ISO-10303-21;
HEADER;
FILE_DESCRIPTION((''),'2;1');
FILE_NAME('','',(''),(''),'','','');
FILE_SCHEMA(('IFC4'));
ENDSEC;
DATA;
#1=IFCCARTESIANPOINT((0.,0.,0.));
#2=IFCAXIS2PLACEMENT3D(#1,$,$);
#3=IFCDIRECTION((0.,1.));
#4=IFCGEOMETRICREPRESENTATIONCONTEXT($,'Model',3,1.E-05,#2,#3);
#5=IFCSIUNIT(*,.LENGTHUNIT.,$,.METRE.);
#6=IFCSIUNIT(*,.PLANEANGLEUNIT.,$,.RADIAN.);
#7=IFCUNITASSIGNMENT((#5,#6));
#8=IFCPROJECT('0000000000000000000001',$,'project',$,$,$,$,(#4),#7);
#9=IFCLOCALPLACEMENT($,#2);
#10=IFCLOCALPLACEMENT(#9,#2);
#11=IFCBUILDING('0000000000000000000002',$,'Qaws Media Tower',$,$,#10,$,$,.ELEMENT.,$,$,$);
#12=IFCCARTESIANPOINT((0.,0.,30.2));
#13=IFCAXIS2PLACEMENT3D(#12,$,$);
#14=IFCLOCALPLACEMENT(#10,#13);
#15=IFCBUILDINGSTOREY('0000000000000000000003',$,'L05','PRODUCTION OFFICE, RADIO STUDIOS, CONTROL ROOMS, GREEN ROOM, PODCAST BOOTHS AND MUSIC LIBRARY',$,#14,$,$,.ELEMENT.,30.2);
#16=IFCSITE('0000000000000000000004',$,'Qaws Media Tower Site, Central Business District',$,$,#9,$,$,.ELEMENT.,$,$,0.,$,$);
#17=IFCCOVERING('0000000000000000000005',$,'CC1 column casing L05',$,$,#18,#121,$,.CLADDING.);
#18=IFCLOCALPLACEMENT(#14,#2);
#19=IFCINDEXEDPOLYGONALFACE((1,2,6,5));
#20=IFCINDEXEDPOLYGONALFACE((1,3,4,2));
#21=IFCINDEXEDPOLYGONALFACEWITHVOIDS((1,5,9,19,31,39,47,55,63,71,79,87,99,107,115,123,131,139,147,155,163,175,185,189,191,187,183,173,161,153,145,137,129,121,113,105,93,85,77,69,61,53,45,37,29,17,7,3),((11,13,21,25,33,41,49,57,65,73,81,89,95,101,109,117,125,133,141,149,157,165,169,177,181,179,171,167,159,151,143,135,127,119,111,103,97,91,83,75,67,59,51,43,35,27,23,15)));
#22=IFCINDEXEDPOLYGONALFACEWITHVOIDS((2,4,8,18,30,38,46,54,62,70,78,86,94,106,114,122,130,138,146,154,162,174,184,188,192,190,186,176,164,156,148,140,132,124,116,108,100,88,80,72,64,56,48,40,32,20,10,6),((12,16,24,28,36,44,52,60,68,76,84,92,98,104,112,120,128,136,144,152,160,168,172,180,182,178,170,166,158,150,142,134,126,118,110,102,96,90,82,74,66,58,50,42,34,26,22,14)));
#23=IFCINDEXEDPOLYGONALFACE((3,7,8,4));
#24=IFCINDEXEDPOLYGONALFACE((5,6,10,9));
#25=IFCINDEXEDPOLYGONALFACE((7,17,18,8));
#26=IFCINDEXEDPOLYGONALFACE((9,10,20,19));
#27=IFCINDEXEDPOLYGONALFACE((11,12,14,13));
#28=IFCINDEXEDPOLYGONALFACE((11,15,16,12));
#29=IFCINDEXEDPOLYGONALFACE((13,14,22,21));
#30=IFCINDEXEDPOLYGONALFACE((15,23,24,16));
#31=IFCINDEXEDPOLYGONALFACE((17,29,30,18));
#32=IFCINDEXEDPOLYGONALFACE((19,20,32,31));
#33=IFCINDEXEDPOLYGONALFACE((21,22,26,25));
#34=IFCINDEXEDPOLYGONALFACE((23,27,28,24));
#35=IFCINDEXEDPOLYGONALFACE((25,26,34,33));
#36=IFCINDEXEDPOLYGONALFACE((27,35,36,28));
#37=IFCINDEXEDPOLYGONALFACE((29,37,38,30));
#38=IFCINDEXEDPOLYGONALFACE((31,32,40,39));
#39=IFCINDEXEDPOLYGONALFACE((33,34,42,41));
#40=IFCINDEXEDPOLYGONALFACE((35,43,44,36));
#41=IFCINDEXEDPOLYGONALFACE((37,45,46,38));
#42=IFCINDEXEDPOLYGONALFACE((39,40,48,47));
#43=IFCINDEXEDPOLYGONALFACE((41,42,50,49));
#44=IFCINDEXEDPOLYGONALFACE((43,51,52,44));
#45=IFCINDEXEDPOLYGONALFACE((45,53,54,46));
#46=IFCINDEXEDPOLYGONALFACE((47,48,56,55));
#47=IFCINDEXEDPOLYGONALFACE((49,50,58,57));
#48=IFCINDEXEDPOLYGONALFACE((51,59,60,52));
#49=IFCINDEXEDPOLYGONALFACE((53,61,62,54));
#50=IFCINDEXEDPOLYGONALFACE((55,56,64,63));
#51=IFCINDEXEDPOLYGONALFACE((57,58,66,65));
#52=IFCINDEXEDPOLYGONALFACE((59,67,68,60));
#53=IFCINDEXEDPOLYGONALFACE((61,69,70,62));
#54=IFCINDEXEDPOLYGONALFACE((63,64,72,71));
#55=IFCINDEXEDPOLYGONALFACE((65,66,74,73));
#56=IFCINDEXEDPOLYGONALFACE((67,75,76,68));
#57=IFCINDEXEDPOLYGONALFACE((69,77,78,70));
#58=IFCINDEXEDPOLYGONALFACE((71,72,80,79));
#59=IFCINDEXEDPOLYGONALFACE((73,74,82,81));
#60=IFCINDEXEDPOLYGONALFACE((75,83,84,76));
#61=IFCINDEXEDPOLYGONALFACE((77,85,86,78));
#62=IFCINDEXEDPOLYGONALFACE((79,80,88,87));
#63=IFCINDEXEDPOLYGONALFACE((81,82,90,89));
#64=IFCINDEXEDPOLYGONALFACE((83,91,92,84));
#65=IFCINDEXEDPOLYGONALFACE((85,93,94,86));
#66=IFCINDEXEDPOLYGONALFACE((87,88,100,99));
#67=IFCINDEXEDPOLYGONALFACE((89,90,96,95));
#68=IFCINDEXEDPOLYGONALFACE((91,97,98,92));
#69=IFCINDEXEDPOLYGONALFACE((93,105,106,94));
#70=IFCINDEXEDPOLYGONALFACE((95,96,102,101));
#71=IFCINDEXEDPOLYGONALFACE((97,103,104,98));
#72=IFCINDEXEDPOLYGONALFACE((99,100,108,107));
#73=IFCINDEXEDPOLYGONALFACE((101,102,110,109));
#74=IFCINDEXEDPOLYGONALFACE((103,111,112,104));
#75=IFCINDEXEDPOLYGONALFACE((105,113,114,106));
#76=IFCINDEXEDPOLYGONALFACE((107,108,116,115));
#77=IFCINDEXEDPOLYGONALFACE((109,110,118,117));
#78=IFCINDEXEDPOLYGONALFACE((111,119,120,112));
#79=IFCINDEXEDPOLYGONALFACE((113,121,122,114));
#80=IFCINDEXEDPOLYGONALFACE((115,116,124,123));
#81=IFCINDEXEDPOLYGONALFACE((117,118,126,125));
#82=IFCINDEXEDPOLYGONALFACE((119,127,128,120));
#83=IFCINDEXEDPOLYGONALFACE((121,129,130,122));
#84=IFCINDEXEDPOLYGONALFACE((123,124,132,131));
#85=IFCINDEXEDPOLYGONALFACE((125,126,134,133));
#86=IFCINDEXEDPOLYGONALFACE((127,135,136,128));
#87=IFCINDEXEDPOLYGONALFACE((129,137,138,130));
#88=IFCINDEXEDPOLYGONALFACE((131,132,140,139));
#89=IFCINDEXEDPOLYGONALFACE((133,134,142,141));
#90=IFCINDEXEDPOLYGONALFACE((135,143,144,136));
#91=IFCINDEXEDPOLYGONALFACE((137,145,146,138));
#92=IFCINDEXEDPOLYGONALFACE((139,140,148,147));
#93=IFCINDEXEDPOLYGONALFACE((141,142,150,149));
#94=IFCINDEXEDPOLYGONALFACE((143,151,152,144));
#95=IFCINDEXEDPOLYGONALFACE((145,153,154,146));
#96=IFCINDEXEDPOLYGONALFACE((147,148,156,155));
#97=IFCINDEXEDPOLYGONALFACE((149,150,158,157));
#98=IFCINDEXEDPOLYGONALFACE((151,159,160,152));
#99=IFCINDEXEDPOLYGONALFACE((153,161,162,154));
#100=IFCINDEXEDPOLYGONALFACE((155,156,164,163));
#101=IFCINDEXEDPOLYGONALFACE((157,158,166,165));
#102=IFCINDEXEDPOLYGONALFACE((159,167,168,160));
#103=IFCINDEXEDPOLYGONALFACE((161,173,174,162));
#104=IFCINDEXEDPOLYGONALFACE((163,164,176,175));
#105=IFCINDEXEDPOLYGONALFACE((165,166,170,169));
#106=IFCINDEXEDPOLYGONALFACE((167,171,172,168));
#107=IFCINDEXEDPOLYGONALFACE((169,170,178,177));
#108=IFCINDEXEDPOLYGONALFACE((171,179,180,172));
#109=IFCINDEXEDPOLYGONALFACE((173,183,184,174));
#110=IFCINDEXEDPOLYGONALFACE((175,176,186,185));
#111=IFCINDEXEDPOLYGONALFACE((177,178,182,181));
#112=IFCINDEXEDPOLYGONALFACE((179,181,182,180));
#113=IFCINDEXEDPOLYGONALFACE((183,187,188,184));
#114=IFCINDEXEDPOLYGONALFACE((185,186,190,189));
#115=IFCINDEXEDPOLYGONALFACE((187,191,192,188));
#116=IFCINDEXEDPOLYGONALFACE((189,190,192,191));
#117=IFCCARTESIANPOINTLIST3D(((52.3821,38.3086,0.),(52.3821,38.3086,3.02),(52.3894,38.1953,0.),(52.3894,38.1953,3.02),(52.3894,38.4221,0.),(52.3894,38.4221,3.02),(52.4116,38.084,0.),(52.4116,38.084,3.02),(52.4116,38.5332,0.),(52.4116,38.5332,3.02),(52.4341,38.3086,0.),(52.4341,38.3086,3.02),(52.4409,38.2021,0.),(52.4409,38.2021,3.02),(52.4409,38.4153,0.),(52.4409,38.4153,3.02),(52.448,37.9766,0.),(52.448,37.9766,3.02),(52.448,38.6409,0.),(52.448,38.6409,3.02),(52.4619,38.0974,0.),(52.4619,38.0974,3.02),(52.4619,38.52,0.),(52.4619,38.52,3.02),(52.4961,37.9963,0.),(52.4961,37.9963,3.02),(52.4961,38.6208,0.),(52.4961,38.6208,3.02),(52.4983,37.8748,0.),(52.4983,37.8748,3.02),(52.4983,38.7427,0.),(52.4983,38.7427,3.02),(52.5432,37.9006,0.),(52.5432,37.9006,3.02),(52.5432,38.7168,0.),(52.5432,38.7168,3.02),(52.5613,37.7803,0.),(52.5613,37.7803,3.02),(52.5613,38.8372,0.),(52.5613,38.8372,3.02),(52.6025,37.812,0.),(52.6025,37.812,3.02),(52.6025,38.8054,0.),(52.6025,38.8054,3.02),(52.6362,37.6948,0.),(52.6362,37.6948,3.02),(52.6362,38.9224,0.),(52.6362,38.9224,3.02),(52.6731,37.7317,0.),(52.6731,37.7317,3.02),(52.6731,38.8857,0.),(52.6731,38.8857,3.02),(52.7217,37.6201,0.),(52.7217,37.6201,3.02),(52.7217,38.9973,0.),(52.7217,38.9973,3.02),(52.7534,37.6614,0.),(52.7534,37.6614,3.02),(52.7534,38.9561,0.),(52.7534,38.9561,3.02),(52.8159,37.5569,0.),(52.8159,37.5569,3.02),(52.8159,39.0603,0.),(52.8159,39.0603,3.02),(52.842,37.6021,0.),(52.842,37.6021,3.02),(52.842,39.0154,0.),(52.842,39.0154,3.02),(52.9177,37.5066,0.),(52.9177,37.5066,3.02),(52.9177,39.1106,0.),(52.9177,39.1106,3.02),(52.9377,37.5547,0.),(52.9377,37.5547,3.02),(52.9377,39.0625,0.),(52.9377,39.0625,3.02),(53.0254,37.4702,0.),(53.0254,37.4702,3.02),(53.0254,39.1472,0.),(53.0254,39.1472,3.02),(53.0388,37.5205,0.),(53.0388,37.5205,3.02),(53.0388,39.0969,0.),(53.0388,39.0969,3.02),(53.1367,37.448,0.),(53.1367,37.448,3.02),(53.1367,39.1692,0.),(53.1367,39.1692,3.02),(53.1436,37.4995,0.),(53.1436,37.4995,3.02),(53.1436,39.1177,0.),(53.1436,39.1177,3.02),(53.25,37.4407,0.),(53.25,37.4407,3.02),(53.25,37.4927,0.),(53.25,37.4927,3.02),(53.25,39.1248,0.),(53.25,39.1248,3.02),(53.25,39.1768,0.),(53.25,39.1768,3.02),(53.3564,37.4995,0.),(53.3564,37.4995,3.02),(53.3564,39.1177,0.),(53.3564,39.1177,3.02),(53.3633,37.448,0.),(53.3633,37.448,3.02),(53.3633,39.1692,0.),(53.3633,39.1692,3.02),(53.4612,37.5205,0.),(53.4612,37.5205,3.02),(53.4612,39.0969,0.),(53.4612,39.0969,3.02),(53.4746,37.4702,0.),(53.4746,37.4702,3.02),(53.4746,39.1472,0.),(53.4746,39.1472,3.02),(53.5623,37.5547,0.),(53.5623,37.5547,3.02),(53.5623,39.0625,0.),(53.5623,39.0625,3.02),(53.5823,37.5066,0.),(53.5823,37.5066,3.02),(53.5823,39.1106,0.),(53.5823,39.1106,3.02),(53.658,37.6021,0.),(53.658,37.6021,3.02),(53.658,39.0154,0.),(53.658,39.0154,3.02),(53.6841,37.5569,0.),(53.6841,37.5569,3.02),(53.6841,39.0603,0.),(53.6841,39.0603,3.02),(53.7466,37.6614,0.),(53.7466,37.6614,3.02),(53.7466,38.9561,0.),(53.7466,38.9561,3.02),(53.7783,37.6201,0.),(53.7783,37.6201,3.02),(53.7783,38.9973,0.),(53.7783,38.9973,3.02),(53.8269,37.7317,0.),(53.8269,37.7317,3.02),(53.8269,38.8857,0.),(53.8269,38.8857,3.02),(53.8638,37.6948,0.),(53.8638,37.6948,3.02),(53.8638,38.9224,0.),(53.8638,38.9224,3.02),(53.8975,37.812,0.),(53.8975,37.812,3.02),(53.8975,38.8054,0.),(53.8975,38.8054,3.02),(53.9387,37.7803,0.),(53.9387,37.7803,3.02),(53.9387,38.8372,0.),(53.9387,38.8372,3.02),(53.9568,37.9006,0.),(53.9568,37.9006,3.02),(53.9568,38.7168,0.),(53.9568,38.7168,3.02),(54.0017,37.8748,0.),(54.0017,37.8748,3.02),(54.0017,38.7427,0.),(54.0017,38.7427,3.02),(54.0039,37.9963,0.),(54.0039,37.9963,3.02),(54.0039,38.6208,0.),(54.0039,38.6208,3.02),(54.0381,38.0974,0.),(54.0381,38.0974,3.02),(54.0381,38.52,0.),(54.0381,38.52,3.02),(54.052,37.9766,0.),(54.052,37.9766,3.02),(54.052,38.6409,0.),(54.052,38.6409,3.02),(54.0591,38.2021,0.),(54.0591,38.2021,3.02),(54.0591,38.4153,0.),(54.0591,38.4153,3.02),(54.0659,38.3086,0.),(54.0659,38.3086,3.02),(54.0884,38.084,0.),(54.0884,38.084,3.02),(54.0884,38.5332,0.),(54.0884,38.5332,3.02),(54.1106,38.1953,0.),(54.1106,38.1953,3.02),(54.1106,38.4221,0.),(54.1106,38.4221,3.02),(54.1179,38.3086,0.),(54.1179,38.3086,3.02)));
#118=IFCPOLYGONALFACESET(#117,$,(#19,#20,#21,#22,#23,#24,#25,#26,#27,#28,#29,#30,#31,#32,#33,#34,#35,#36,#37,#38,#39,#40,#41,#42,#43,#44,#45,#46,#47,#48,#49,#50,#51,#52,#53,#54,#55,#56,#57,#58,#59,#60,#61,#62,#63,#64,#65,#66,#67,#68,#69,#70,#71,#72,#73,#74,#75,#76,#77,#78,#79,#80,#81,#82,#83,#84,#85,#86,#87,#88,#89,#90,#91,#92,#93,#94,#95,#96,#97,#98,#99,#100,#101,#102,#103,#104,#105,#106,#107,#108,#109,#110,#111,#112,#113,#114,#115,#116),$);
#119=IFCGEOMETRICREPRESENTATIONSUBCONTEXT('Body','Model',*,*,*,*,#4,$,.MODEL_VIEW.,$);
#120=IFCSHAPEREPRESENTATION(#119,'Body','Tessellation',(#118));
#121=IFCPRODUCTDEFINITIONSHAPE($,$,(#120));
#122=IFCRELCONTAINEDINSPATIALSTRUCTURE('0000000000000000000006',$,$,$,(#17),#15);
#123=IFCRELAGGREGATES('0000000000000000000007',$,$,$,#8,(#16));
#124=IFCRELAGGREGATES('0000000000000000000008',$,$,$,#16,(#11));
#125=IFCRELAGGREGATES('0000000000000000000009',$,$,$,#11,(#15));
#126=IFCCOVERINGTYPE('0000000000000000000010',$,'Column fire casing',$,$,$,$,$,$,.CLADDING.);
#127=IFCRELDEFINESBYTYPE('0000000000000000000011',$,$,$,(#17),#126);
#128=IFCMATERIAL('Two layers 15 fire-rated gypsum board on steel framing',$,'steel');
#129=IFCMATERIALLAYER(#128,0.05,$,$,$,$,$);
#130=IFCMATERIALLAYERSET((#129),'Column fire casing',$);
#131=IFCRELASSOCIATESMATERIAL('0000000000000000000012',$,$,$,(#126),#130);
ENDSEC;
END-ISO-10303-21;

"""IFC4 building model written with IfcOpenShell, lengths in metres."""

from ifc_helpers import new_model, si_unit, direction, frame, origin, place, context, subcontext, project, spatial, polyline, outline, extrude, material, layer, layer_set, type_object, element, save


model = new_model("IFC4")

# Units and contexts
model_context = context("Model", 3, precision=1e-05, world=origin(), true_north=direction((0.0, 1.0)))
body_context = subcontext(model_context, "Body", "Model", "MODEL_VIEW")
ifc_project = project(units=[si_unit("LENGTHUNIT", "METRE"), si_unit("PLANEANGLEUNIT", "RADIAN")], contexts=[model_context])

# Site, building, storey
site_placement = place(None, origin())
site = spatial("IfcSite", under=ifc_project, at=site_placement, Name="Qaws Media Tower Site, Central Business District", CompositionType="ELEMENT", RefElevation=0.0)
building_placement = place(site_placement, origin())
building = spatial("IfcBuilding", under=site, at=building_placement, Name="Qaws Media Tower", CompositionType="ELEMENT")
storey_placement = place(building_placement, frame((0.0, 0.0, 30.2)))
storey = spatial("IfcBuildingStorey", under=building, at=storey_placement, Name="L05", Description="PRODUCTION OFFICE, RADIO STUDIOS, CONTROL ROOMS, GREEN ROOM, PODCAST BOOTHS AND MUSIC LIBRARY", CompositionType="ELEMENT", Elevation=30.2)

# Covering
ifc_material_1 = material(Name="Two layers 15 fire-rated gypsum board on steel framing", Category="steel")
ifc_layer_1 = layer(ifc_material_1, 0.05)
ifc_layer_set_1 = layer_set([ifc_layer_1], Name="Column fire casing")
covering_type = type_object("IfcCoveringType", Name="Column fire casing", PredefinedType="CLADDING", material=ifc_layer_set_1)
covering_1_placement = place(storey_placement, origin())
element("IfcCovering", 1, at=covering_1_placement, inside=storey, type_object=covering_type, Name="CC1 column casing L05", PredefinedType="CLADDING", context=body_context, shape_type="SweptSolid", body=[
    extrude(outline(polyline([(54.1179, 38.3086), (54.1106, 38.1953), (54.0884, 38.084), (54.052, 37.9766), (54.0017, 37.8748), (53.9387, 37.7803), (53.8638, 37.6948), (53.7783, 37.6201), (53.6841, 37.5569), (53.5823, 37.5066), (53.4746, 37.4702), (53.3633, 37.448), (53.25, 37.4407), (53.1367, 37.448), (53.0254, 37.4702), (52.9177, 37.5066), (52.8159, 37.5569), (52.7217, 37.6201), (52.6362, 37.6948), (52.5613, 37.7803), (52.4983, 37.8748), (52.448, 37.9766), (52.4116, 38.084), (52.3894, 38.1953), (52.3821, 38.3086), (52.3894, 38.4221), (52.4116, 38.5332), (52.448, 38.6409), (52.4983, 38.7427), (52.5613, 38.8372), (52.6362, 38.9224), (52.7217, 38.9973), (52.8159, 39.0603), (52.9177, 39.1106), (53.0254, 39.1472), (53.1367, 39.1692), (53.25, 39.1768), (53.3633, 39.1692), (53.4746, 39.1472), (53.5823, 39.1106), (53.6841, 39.0603), (53.7783, 38.9973), (53.8638, 38.9224), (53.9387, 38.8372), (54.0017, 38.7427), (54.052, 38.6409), (54.0884, 38.5332), (54.1106, 38.4221), (54.1179, 38.3086)]), holes=[polyline([(54.0659, 38.3086), (54.0591, 38.2021), (54.0381, 38.0974), (54.0039, 37.9963), (53.9568, 37.9006), (53.8975, 37.812), (53.8269, 37.7317), (53.7466, 37.6614), (53.658, 37.6021), (53.5623, 37.5547), (53.4612, 37.5205), (53.3564, 37.4995), (53.25, 37.4927), (53.1436, 37.4995), (53.0388, 37.5205), (52.9377, 37.5547), (52.842, 37.6021), (52.7534, 37.6614), (52.6731, 37.7317), (52.6025, 37.812), (52.5432, 37.9006), (52.4961, 37.9963), (52.4619, 38.0974), (52.4409, 38.2021), (52.4341, 38.3086), (52.4409, 38.4153), (52.4619, 38.52), (52.4961, 38.6208), (52.5432, 38.7168), (52.6025, 38.8054), (52.6731, 38.8857), (52.7534, 38.9561), (52.842, 39.0154), (52.9377, 39.0625), (53.0388, 39.0969), (53.1436, 39.1177), (53.25, 39.1248), (53.3564, 39.1177), (53.4612, 39.0969), (53.5623, 39.0625), (53.658, 39.0154), (53.7466, 38.9561), (53.8269, 38.8857), (53.8975, 38.8054), (53.9568, 38.7168), (54.0039, 38.6208), (54.0381, 38.52), (54.0591, 38.4153), (54.0659, 38.3086)])]), origin(), (0.0, 0.0, 1.0), 3.02),
])

save(model, "model.ifc")
